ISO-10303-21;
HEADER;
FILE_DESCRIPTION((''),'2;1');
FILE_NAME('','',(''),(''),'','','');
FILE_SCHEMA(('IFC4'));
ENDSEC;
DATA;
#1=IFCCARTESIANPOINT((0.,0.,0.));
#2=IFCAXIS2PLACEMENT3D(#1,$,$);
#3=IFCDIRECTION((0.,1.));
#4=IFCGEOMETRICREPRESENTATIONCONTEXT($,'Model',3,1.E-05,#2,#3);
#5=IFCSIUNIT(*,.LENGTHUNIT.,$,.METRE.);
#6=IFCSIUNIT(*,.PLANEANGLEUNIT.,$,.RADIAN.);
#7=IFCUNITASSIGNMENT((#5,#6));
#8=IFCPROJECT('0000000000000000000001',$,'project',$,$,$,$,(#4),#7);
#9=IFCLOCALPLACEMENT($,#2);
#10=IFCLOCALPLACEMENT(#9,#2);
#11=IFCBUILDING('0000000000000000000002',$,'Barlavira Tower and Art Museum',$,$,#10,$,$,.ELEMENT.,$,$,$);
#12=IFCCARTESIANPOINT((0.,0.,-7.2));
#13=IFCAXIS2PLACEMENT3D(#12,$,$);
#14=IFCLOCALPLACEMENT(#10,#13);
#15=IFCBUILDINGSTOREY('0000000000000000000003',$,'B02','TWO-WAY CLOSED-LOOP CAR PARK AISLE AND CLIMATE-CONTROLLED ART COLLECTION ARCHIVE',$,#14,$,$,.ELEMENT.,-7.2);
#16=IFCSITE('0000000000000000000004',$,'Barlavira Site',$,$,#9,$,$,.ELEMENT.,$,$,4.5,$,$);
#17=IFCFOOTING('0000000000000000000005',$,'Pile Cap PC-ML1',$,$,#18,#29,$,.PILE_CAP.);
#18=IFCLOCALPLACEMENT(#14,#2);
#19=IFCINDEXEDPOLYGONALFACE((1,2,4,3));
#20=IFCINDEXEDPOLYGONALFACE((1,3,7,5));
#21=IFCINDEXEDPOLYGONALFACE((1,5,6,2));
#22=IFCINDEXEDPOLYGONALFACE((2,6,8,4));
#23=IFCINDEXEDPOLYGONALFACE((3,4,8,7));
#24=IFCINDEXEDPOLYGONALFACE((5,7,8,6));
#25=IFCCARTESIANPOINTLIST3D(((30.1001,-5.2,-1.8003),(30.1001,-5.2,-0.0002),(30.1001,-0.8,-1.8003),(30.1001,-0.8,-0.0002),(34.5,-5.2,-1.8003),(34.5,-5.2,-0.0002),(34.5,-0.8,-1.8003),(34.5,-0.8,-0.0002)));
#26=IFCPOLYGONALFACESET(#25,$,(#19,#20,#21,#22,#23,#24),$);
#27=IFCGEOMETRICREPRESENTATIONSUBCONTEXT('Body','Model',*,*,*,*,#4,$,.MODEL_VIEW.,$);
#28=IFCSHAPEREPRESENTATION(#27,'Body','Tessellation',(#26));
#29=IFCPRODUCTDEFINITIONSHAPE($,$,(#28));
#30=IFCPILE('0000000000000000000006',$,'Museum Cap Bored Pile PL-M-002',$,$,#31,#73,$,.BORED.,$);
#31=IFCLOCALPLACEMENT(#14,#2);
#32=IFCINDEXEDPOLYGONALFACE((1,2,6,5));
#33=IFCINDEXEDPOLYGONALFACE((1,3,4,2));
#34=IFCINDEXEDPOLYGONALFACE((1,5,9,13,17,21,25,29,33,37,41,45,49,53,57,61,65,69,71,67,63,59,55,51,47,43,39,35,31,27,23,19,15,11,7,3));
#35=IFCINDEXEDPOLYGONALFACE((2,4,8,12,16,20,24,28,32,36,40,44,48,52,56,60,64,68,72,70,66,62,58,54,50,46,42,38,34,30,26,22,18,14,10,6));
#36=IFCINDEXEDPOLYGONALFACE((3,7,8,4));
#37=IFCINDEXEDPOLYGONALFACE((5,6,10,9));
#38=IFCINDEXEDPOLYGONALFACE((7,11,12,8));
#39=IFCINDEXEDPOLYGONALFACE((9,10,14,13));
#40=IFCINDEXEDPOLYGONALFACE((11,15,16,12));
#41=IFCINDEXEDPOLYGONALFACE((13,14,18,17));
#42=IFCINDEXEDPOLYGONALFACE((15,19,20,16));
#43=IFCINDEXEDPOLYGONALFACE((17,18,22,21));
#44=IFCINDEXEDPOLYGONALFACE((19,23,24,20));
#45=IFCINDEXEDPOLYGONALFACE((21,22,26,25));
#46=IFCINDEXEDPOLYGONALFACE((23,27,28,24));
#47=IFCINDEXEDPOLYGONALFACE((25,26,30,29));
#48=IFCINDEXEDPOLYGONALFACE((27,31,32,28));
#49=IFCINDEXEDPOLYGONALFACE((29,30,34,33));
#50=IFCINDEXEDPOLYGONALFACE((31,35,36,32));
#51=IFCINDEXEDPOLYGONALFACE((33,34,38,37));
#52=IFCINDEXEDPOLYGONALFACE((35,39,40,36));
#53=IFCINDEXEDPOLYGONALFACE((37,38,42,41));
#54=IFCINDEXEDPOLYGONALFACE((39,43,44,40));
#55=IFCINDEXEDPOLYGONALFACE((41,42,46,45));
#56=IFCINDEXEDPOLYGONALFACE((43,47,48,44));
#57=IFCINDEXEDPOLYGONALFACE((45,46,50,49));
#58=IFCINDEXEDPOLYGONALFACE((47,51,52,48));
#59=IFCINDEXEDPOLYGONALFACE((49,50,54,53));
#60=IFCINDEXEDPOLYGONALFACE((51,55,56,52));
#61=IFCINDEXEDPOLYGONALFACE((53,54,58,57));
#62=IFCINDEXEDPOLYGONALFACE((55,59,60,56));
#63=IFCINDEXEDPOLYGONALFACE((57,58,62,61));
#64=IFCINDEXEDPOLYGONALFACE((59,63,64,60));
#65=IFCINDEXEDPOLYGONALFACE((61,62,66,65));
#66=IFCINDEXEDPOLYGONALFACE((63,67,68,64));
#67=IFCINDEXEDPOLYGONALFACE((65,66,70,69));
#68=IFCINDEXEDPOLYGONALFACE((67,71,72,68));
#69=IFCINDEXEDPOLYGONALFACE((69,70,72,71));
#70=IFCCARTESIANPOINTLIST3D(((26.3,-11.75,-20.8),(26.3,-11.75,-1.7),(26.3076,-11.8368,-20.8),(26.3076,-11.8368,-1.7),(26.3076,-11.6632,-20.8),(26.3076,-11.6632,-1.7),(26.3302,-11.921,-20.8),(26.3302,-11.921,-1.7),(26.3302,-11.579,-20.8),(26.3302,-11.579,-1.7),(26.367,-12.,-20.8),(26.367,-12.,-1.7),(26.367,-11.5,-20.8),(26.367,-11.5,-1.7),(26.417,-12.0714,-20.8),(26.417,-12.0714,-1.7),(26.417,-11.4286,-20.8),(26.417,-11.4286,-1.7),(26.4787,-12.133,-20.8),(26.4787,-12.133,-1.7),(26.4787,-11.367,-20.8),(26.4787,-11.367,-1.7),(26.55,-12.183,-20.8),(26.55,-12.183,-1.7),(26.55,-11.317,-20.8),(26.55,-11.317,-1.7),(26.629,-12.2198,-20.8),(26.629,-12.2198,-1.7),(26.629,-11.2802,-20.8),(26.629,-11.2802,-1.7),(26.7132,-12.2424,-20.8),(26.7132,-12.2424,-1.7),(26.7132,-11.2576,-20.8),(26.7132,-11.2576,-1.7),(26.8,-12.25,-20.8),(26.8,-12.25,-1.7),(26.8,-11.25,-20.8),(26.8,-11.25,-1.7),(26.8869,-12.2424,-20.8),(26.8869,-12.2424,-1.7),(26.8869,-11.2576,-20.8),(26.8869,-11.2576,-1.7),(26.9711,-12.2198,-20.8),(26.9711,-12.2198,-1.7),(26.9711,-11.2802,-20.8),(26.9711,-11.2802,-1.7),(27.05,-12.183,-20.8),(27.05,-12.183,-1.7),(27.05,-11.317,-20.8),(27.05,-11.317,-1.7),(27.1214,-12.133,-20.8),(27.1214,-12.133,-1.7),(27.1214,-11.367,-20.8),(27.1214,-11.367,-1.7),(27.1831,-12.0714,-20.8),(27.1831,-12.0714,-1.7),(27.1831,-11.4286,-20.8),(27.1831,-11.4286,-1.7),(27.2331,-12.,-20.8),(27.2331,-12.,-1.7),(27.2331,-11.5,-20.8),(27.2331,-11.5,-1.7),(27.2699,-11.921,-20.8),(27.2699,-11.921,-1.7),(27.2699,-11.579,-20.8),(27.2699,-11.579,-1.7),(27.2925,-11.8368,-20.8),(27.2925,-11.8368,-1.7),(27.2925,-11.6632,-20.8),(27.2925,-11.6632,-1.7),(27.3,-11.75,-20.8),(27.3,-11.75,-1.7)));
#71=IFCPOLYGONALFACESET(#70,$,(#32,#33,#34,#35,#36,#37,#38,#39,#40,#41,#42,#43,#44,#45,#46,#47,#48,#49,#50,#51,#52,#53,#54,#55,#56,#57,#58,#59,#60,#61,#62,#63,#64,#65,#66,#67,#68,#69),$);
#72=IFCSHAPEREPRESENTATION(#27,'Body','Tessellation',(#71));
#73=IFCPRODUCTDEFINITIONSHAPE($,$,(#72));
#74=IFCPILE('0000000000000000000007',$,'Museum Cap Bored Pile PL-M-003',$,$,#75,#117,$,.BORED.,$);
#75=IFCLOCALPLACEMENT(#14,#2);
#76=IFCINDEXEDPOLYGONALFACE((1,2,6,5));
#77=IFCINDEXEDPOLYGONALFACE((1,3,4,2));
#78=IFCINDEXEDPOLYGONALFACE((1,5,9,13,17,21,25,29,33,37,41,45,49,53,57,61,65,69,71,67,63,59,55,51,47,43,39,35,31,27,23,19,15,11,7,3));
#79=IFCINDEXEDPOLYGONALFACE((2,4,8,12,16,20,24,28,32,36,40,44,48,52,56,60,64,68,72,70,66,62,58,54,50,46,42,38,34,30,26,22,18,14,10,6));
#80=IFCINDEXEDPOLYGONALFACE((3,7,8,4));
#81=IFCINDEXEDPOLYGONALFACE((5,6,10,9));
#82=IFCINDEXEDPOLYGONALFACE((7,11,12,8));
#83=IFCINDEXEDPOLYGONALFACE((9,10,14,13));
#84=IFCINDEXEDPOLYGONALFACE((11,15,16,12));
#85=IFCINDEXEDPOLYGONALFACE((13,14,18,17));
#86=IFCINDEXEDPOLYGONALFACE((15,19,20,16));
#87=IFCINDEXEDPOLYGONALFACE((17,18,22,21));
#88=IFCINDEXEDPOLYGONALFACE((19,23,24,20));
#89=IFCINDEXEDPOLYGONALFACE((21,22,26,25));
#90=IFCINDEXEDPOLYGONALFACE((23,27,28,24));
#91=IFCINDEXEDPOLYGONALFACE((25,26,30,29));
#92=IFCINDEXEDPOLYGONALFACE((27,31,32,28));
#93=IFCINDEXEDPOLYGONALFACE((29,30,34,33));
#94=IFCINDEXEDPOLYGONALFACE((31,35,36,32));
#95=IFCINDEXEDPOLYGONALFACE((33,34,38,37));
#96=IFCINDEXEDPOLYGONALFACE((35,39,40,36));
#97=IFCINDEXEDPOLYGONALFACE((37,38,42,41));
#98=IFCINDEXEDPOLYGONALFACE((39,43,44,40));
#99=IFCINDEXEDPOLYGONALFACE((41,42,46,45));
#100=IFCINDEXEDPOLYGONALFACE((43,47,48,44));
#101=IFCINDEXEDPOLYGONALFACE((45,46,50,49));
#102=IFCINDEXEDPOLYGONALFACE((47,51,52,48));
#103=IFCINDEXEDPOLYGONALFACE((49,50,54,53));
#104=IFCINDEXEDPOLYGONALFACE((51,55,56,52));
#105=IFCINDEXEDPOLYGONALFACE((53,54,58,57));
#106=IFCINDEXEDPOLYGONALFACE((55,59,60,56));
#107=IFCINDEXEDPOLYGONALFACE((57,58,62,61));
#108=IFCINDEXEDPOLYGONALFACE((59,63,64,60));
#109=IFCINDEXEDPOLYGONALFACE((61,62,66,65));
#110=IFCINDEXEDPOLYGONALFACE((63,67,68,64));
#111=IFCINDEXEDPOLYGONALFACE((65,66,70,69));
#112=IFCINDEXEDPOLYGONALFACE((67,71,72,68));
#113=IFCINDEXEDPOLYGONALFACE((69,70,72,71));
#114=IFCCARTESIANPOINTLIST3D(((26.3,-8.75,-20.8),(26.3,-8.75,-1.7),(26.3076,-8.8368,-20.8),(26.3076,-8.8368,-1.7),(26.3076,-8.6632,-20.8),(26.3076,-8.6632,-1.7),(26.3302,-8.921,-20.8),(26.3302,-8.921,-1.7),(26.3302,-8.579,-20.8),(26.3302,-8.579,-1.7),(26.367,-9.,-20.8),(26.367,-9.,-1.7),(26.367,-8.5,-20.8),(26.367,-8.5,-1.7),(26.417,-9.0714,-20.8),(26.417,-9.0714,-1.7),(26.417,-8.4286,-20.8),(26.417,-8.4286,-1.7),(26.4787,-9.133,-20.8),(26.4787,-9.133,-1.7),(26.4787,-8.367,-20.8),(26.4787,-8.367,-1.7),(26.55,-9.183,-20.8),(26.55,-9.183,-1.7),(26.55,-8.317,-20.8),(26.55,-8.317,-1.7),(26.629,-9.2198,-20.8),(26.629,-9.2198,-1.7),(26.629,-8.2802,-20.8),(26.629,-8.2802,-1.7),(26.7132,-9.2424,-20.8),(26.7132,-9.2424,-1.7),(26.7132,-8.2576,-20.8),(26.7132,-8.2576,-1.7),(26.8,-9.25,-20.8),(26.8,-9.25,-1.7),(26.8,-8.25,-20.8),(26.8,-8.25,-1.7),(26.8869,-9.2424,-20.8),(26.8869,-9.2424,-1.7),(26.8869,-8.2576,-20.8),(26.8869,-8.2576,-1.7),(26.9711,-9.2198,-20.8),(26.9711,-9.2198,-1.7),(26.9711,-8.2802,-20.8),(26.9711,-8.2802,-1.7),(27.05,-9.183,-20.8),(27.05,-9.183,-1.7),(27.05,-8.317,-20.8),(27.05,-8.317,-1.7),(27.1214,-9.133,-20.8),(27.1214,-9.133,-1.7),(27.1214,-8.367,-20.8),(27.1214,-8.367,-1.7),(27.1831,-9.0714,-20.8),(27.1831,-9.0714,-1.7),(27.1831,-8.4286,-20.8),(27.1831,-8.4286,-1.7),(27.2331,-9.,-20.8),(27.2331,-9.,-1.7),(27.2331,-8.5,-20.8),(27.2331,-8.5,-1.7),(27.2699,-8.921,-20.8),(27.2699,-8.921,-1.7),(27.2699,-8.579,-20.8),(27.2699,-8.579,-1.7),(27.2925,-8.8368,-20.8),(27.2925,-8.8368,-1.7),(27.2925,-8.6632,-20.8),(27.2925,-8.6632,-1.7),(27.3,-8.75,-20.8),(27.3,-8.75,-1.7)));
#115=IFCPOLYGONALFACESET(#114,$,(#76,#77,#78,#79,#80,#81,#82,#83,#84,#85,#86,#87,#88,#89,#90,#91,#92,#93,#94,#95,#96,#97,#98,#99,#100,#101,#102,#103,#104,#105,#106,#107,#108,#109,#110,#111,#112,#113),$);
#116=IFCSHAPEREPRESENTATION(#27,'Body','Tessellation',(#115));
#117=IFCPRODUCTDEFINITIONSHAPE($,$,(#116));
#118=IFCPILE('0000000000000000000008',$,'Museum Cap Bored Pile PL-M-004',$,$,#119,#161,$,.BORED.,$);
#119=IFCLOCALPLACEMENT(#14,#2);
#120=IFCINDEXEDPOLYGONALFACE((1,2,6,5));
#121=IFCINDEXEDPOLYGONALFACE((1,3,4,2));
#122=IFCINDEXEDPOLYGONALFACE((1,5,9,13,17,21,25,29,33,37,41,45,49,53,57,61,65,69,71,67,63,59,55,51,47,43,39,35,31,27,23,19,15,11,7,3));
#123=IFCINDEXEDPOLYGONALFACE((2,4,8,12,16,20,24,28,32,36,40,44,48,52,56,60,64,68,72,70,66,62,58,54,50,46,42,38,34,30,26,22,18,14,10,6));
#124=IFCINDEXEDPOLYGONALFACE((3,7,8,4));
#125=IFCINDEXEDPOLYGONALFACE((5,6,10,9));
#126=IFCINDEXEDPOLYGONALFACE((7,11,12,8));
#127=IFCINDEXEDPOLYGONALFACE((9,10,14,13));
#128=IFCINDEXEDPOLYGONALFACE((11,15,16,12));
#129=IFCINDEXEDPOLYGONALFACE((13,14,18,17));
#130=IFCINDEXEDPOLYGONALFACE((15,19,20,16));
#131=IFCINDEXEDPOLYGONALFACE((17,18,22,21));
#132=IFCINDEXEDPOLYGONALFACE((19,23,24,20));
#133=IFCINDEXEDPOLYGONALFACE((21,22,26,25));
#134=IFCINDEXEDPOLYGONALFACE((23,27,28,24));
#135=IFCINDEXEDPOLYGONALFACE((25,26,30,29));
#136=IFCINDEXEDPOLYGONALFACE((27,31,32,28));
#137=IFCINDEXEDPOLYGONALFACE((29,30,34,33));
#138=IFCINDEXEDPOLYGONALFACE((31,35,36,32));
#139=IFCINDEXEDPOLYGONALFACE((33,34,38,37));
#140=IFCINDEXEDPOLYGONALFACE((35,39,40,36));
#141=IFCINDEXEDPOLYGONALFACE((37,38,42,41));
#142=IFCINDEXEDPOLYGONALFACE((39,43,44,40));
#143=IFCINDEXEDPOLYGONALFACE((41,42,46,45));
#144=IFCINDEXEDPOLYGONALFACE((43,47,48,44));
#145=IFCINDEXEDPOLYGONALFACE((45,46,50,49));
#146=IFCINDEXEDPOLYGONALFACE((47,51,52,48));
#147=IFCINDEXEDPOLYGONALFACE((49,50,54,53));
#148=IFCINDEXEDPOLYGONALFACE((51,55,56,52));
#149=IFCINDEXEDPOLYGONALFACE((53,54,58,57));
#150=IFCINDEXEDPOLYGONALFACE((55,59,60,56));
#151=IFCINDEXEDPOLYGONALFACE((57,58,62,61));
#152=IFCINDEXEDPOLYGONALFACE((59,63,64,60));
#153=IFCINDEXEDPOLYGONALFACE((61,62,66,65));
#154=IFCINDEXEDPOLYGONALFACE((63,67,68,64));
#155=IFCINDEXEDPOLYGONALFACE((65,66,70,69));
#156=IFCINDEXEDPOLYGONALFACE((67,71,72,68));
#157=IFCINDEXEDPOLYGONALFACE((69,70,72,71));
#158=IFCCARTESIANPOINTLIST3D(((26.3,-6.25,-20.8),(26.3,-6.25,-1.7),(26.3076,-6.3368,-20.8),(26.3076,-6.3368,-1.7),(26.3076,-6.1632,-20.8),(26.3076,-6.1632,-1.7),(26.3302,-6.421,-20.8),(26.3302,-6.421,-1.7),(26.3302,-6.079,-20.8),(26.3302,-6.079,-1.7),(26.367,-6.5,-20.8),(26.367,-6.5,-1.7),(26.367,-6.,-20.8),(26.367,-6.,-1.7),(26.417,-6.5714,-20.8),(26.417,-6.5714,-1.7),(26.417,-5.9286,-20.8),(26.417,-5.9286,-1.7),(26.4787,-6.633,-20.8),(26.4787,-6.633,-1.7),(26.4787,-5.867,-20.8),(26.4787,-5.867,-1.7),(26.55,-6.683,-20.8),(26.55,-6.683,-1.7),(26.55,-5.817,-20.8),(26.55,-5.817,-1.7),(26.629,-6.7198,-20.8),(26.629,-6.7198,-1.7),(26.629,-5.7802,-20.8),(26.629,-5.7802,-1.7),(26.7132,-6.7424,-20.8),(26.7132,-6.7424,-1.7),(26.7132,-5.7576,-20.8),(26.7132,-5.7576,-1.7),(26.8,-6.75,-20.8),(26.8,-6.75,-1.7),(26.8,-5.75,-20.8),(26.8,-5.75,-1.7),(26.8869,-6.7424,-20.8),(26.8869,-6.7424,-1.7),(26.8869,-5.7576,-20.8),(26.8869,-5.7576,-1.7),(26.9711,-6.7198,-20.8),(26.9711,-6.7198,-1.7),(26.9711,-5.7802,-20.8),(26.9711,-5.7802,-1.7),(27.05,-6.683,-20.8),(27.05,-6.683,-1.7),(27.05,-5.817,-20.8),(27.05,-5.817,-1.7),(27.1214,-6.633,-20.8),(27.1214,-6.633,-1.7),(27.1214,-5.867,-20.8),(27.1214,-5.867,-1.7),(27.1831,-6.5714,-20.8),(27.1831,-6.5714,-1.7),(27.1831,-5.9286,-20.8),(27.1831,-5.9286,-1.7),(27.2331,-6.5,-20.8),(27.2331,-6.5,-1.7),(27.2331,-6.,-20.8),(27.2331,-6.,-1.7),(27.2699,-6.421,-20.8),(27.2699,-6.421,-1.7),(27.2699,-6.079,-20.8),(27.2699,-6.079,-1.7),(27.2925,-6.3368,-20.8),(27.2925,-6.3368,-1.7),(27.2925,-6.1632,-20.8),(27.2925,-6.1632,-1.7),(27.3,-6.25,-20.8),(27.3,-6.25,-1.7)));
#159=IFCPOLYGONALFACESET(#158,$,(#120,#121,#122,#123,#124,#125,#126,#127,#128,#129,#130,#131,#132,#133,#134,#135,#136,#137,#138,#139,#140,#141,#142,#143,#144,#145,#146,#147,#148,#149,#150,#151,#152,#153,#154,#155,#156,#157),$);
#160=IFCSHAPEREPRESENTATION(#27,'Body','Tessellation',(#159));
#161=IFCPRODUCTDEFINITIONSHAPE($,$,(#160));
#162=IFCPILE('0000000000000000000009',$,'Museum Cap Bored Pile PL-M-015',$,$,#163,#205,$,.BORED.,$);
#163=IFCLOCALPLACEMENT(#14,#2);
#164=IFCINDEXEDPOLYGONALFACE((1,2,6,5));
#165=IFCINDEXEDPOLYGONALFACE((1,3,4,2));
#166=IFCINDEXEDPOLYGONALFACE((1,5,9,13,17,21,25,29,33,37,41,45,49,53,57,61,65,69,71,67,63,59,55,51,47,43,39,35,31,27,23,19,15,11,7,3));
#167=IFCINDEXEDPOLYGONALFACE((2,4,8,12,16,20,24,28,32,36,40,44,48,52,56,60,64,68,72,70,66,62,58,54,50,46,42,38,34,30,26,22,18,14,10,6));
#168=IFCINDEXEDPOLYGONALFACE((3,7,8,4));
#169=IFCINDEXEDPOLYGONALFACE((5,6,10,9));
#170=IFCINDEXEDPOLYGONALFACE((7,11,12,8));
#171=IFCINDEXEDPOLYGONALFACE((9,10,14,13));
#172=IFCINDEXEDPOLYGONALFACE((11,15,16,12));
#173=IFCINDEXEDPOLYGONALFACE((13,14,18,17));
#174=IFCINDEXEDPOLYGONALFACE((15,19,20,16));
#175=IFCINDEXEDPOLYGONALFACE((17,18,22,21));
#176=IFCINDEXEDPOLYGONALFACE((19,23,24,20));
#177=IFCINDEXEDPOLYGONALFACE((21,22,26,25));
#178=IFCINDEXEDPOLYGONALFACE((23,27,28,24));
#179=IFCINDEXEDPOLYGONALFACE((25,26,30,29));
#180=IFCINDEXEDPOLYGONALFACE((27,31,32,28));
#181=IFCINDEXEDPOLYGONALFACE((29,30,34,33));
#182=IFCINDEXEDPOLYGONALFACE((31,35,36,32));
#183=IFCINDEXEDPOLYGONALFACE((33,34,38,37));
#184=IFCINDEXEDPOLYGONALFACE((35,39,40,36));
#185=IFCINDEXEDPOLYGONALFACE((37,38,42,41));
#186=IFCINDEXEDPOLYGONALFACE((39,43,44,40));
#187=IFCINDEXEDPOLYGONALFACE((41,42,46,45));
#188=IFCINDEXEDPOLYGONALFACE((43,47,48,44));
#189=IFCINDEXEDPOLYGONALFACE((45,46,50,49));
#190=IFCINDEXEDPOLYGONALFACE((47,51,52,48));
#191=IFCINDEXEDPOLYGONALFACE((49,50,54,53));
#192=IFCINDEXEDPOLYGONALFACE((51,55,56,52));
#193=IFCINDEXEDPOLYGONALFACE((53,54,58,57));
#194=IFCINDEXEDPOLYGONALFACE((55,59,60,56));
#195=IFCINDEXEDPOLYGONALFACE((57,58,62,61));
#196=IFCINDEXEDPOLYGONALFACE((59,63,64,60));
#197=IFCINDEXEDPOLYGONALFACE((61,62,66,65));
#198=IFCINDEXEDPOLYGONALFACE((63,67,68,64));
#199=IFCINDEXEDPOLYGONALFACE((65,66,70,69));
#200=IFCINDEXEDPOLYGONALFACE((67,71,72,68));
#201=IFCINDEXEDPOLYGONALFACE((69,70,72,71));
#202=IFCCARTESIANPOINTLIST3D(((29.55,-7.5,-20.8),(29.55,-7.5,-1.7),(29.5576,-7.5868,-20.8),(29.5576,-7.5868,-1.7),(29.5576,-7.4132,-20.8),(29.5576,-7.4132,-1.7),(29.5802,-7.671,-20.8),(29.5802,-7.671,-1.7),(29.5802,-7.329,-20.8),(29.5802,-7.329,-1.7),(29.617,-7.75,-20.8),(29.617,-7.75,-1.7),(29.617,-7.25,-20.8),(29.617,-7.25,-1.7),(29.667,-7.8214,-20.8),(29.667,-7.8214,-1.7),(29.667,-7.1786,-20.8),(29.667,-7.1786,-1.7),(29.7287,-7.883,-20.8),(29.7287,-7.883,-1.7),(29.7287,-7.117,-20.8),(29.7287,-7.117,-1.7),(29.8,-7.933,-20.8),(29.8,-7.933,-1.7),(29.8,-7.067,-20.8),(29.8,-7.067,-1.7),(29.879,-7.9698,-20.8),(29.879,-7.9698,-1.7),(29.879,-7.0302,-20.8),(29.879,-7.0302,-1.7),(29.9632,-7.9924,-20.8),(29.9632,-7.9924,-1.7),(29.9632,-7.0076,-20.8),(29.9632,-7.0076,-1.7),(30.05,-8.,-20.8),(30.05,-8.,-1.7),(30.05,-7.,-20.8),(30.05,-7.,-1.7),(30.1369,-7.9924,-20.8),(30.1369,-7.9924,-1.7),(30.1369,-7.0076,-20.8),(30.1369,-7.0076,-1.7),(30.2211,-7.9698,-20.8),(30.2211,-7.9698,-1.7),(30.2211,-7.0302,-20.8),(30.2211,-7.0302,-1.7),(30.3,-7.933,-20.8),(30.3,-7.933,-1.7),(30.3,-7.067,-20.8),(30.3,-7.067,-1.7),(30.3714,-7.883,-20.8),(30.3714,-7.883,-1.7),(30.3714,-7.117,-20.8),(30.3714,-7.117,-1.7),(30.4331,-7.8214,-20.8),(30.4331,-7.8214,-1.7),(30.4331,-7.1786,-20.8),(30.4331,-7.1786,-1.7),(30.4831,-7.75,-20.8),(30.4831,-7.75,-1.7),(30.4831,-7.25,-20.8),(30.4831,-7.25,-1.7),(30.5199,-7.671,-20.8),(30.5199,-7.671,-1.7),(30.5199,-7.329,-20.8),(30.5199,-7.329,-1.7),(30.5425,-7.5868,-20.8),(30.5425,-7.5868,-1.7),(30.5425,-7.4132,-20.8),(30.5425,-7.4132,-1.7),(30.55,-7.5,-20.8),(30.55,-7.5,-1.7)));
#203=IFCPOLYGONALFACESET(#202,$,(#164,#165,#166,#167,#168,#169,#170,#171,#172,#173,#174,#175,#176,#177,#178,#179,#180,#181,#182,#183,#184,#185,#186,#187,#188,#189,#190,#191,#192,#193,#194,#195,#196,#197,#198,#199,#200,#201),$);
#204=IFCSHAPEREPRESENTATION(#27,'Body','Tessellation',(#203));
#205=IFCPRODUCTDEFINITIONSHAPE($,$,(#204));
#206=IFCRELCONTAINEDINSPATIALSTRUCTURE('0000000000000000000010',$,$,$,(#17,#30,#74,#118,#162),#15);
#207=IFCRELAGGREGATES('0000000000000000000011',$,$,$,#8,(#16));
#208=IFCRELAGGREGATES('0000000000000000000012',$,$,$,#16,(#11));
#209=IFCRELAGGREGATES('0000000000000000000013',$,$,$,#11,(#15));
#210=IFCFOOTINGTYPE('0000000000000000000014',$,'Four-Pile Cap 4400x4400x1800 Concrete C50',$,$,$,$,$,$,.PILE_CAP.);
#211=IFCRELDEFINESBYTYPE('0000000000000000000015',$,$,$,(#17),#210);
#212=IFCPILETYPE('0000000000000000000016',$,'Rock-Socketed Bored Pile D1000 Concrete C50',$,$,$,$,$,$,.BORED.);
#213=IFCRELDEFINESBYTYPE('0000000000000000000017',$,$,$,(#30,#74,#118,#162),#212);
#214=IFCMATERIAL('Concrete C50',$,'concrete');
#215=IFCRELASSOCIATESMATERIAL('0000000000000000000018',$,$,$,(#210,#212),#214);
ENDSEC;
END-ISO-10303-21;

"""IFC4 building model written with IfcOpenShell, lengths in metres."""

from ifc_helpers import new_model, si_unit, direction, frame, origin, origin_2d, place, context, subcontext, project, spatial, rectangle, circle, extrude, material, material_profile, profile_set, type_object, element, save


model = new_model("IFC4")

# Units and contexts
model_context = context("Model", 3, precision=1e-05, world=origin(), true_north=direction((0.0, 1.0)))
body_context = subcontext(model_context, "Body", "Model", "MODEL_VIEW")
ifc_project = project(units=[si_unit("LENGTHUNIT", "METRE"), si_unit("PLANEANGLEUNIT", "RADIAN")], contexts=[model_context])

# Site, building, storey
site_placement = place(None, origin())
site = spatial("IfcSite", under=ifc_project, at=site_placement, Name="Barlavira Site", CompositionType="ELEMENT", RefElevation=4.5)
building_placement = place(site_placement, origin())
building = spatial("IfcBuilding", under=site, at=building_placement, Name="Barlavira Tower and Art Museum", CompositionType="ELEMENT")
storey_placement = place(building_placement, frame((0.0, 0.0, -7.2)))
storey = spatial("IfcBuildingStorey", under=building, at=storey_placement, Name="B02", Description="TWO-WAY CLOSED-LOOP CAR PARK AISLE AND CLIMATE-CONTROLLED ART COLLECTION ARCHIVE", CompositionType="ELEMENT", Elevation=-7.2)

# Footing
ifc_material_1 = material(Name="Concrete C50", Category="concrete")
footing_type_1 = type_object("IfcFootingType", Name="Four-Pile Cap 4400x4400x1800 Concrete C50", PredefinedType="PILE_CAP", material=ifc_material_1)
footing_1_placement = place(storey_placement, frame((32.3, -3.0, -1.8003), z_axis=(0.0, 0.0, 1.0), x_axis=(1.0, 0.0, 0.0)))
element("IfcFooting", 1, at=footing_1_placement, inside=storey, type_object=footing_type_1, Name="Pile Cap PC-ML1", PredefinedType="PILE_CAP", context=body_context, shape_type="SweptSolid", body=[
    extrude(rectangle(XDim=4.3999, YDim=4.3999, at=origin_2d()), origin(), (0.0, 0.0, 1.0), 1.8),
])

# Piles
ifc_material_profile_1 = material_profile(ifc_material_1, circle(Radius=0.5, at=origin_2d()), Name="BORED PILE D1000")
ifc_profile_set_1 = profile_set([ifc_material_profile_1], Name="Concrete C50")
pile_type = type_object("IfcPileType", Name="Rock-Socketed Bored Pile D1000 Concrete C50", PredefinedType="BORED", material=ifc_profile_set_1)
for number, where, z_axis, x_axis, name in (
    (2, (26.8, -11.75, -1.7), (0.0, 0.0, -1.0), (1.0, 0.0, 0.0), "Museum Cap Bored Pile PL-M-002"),
    (3, (26.8, -8.75, -1.7), (0.0, 0.0, -1.0), (1.0, 0.0, 0.0), "Museum Cap Bored Pile PL-M-003"),
    (4, (26.8, -6.25, -1.7), (0.0, 0.0, -1.0), (1.0, 0.0, 0.0), "Museum Cap Bored Pile PL-M-004"),
    (5, (30.05, -7.5, -1.7), (0.0, 0.0, -1.0), (1.0, 0.0, 0.0), "Museum Cap Bored Pile PL-M-015"),
):
    element("IfcPile", number, at=place(storey_placement, frame(where, z_axis=z_axis, x_axis=x_axis)), inside=storey, type_object=pile_type, Name=name, PredefinedType="BORED", context=body_context, shape_type="SweptSolid", body=[
        extrude(circle(Radius=0.5, at=origin_2d()), origin(), (0.0, 0.0, 1.0), 19.1001),
    ])

save(model, "model.ifc")
